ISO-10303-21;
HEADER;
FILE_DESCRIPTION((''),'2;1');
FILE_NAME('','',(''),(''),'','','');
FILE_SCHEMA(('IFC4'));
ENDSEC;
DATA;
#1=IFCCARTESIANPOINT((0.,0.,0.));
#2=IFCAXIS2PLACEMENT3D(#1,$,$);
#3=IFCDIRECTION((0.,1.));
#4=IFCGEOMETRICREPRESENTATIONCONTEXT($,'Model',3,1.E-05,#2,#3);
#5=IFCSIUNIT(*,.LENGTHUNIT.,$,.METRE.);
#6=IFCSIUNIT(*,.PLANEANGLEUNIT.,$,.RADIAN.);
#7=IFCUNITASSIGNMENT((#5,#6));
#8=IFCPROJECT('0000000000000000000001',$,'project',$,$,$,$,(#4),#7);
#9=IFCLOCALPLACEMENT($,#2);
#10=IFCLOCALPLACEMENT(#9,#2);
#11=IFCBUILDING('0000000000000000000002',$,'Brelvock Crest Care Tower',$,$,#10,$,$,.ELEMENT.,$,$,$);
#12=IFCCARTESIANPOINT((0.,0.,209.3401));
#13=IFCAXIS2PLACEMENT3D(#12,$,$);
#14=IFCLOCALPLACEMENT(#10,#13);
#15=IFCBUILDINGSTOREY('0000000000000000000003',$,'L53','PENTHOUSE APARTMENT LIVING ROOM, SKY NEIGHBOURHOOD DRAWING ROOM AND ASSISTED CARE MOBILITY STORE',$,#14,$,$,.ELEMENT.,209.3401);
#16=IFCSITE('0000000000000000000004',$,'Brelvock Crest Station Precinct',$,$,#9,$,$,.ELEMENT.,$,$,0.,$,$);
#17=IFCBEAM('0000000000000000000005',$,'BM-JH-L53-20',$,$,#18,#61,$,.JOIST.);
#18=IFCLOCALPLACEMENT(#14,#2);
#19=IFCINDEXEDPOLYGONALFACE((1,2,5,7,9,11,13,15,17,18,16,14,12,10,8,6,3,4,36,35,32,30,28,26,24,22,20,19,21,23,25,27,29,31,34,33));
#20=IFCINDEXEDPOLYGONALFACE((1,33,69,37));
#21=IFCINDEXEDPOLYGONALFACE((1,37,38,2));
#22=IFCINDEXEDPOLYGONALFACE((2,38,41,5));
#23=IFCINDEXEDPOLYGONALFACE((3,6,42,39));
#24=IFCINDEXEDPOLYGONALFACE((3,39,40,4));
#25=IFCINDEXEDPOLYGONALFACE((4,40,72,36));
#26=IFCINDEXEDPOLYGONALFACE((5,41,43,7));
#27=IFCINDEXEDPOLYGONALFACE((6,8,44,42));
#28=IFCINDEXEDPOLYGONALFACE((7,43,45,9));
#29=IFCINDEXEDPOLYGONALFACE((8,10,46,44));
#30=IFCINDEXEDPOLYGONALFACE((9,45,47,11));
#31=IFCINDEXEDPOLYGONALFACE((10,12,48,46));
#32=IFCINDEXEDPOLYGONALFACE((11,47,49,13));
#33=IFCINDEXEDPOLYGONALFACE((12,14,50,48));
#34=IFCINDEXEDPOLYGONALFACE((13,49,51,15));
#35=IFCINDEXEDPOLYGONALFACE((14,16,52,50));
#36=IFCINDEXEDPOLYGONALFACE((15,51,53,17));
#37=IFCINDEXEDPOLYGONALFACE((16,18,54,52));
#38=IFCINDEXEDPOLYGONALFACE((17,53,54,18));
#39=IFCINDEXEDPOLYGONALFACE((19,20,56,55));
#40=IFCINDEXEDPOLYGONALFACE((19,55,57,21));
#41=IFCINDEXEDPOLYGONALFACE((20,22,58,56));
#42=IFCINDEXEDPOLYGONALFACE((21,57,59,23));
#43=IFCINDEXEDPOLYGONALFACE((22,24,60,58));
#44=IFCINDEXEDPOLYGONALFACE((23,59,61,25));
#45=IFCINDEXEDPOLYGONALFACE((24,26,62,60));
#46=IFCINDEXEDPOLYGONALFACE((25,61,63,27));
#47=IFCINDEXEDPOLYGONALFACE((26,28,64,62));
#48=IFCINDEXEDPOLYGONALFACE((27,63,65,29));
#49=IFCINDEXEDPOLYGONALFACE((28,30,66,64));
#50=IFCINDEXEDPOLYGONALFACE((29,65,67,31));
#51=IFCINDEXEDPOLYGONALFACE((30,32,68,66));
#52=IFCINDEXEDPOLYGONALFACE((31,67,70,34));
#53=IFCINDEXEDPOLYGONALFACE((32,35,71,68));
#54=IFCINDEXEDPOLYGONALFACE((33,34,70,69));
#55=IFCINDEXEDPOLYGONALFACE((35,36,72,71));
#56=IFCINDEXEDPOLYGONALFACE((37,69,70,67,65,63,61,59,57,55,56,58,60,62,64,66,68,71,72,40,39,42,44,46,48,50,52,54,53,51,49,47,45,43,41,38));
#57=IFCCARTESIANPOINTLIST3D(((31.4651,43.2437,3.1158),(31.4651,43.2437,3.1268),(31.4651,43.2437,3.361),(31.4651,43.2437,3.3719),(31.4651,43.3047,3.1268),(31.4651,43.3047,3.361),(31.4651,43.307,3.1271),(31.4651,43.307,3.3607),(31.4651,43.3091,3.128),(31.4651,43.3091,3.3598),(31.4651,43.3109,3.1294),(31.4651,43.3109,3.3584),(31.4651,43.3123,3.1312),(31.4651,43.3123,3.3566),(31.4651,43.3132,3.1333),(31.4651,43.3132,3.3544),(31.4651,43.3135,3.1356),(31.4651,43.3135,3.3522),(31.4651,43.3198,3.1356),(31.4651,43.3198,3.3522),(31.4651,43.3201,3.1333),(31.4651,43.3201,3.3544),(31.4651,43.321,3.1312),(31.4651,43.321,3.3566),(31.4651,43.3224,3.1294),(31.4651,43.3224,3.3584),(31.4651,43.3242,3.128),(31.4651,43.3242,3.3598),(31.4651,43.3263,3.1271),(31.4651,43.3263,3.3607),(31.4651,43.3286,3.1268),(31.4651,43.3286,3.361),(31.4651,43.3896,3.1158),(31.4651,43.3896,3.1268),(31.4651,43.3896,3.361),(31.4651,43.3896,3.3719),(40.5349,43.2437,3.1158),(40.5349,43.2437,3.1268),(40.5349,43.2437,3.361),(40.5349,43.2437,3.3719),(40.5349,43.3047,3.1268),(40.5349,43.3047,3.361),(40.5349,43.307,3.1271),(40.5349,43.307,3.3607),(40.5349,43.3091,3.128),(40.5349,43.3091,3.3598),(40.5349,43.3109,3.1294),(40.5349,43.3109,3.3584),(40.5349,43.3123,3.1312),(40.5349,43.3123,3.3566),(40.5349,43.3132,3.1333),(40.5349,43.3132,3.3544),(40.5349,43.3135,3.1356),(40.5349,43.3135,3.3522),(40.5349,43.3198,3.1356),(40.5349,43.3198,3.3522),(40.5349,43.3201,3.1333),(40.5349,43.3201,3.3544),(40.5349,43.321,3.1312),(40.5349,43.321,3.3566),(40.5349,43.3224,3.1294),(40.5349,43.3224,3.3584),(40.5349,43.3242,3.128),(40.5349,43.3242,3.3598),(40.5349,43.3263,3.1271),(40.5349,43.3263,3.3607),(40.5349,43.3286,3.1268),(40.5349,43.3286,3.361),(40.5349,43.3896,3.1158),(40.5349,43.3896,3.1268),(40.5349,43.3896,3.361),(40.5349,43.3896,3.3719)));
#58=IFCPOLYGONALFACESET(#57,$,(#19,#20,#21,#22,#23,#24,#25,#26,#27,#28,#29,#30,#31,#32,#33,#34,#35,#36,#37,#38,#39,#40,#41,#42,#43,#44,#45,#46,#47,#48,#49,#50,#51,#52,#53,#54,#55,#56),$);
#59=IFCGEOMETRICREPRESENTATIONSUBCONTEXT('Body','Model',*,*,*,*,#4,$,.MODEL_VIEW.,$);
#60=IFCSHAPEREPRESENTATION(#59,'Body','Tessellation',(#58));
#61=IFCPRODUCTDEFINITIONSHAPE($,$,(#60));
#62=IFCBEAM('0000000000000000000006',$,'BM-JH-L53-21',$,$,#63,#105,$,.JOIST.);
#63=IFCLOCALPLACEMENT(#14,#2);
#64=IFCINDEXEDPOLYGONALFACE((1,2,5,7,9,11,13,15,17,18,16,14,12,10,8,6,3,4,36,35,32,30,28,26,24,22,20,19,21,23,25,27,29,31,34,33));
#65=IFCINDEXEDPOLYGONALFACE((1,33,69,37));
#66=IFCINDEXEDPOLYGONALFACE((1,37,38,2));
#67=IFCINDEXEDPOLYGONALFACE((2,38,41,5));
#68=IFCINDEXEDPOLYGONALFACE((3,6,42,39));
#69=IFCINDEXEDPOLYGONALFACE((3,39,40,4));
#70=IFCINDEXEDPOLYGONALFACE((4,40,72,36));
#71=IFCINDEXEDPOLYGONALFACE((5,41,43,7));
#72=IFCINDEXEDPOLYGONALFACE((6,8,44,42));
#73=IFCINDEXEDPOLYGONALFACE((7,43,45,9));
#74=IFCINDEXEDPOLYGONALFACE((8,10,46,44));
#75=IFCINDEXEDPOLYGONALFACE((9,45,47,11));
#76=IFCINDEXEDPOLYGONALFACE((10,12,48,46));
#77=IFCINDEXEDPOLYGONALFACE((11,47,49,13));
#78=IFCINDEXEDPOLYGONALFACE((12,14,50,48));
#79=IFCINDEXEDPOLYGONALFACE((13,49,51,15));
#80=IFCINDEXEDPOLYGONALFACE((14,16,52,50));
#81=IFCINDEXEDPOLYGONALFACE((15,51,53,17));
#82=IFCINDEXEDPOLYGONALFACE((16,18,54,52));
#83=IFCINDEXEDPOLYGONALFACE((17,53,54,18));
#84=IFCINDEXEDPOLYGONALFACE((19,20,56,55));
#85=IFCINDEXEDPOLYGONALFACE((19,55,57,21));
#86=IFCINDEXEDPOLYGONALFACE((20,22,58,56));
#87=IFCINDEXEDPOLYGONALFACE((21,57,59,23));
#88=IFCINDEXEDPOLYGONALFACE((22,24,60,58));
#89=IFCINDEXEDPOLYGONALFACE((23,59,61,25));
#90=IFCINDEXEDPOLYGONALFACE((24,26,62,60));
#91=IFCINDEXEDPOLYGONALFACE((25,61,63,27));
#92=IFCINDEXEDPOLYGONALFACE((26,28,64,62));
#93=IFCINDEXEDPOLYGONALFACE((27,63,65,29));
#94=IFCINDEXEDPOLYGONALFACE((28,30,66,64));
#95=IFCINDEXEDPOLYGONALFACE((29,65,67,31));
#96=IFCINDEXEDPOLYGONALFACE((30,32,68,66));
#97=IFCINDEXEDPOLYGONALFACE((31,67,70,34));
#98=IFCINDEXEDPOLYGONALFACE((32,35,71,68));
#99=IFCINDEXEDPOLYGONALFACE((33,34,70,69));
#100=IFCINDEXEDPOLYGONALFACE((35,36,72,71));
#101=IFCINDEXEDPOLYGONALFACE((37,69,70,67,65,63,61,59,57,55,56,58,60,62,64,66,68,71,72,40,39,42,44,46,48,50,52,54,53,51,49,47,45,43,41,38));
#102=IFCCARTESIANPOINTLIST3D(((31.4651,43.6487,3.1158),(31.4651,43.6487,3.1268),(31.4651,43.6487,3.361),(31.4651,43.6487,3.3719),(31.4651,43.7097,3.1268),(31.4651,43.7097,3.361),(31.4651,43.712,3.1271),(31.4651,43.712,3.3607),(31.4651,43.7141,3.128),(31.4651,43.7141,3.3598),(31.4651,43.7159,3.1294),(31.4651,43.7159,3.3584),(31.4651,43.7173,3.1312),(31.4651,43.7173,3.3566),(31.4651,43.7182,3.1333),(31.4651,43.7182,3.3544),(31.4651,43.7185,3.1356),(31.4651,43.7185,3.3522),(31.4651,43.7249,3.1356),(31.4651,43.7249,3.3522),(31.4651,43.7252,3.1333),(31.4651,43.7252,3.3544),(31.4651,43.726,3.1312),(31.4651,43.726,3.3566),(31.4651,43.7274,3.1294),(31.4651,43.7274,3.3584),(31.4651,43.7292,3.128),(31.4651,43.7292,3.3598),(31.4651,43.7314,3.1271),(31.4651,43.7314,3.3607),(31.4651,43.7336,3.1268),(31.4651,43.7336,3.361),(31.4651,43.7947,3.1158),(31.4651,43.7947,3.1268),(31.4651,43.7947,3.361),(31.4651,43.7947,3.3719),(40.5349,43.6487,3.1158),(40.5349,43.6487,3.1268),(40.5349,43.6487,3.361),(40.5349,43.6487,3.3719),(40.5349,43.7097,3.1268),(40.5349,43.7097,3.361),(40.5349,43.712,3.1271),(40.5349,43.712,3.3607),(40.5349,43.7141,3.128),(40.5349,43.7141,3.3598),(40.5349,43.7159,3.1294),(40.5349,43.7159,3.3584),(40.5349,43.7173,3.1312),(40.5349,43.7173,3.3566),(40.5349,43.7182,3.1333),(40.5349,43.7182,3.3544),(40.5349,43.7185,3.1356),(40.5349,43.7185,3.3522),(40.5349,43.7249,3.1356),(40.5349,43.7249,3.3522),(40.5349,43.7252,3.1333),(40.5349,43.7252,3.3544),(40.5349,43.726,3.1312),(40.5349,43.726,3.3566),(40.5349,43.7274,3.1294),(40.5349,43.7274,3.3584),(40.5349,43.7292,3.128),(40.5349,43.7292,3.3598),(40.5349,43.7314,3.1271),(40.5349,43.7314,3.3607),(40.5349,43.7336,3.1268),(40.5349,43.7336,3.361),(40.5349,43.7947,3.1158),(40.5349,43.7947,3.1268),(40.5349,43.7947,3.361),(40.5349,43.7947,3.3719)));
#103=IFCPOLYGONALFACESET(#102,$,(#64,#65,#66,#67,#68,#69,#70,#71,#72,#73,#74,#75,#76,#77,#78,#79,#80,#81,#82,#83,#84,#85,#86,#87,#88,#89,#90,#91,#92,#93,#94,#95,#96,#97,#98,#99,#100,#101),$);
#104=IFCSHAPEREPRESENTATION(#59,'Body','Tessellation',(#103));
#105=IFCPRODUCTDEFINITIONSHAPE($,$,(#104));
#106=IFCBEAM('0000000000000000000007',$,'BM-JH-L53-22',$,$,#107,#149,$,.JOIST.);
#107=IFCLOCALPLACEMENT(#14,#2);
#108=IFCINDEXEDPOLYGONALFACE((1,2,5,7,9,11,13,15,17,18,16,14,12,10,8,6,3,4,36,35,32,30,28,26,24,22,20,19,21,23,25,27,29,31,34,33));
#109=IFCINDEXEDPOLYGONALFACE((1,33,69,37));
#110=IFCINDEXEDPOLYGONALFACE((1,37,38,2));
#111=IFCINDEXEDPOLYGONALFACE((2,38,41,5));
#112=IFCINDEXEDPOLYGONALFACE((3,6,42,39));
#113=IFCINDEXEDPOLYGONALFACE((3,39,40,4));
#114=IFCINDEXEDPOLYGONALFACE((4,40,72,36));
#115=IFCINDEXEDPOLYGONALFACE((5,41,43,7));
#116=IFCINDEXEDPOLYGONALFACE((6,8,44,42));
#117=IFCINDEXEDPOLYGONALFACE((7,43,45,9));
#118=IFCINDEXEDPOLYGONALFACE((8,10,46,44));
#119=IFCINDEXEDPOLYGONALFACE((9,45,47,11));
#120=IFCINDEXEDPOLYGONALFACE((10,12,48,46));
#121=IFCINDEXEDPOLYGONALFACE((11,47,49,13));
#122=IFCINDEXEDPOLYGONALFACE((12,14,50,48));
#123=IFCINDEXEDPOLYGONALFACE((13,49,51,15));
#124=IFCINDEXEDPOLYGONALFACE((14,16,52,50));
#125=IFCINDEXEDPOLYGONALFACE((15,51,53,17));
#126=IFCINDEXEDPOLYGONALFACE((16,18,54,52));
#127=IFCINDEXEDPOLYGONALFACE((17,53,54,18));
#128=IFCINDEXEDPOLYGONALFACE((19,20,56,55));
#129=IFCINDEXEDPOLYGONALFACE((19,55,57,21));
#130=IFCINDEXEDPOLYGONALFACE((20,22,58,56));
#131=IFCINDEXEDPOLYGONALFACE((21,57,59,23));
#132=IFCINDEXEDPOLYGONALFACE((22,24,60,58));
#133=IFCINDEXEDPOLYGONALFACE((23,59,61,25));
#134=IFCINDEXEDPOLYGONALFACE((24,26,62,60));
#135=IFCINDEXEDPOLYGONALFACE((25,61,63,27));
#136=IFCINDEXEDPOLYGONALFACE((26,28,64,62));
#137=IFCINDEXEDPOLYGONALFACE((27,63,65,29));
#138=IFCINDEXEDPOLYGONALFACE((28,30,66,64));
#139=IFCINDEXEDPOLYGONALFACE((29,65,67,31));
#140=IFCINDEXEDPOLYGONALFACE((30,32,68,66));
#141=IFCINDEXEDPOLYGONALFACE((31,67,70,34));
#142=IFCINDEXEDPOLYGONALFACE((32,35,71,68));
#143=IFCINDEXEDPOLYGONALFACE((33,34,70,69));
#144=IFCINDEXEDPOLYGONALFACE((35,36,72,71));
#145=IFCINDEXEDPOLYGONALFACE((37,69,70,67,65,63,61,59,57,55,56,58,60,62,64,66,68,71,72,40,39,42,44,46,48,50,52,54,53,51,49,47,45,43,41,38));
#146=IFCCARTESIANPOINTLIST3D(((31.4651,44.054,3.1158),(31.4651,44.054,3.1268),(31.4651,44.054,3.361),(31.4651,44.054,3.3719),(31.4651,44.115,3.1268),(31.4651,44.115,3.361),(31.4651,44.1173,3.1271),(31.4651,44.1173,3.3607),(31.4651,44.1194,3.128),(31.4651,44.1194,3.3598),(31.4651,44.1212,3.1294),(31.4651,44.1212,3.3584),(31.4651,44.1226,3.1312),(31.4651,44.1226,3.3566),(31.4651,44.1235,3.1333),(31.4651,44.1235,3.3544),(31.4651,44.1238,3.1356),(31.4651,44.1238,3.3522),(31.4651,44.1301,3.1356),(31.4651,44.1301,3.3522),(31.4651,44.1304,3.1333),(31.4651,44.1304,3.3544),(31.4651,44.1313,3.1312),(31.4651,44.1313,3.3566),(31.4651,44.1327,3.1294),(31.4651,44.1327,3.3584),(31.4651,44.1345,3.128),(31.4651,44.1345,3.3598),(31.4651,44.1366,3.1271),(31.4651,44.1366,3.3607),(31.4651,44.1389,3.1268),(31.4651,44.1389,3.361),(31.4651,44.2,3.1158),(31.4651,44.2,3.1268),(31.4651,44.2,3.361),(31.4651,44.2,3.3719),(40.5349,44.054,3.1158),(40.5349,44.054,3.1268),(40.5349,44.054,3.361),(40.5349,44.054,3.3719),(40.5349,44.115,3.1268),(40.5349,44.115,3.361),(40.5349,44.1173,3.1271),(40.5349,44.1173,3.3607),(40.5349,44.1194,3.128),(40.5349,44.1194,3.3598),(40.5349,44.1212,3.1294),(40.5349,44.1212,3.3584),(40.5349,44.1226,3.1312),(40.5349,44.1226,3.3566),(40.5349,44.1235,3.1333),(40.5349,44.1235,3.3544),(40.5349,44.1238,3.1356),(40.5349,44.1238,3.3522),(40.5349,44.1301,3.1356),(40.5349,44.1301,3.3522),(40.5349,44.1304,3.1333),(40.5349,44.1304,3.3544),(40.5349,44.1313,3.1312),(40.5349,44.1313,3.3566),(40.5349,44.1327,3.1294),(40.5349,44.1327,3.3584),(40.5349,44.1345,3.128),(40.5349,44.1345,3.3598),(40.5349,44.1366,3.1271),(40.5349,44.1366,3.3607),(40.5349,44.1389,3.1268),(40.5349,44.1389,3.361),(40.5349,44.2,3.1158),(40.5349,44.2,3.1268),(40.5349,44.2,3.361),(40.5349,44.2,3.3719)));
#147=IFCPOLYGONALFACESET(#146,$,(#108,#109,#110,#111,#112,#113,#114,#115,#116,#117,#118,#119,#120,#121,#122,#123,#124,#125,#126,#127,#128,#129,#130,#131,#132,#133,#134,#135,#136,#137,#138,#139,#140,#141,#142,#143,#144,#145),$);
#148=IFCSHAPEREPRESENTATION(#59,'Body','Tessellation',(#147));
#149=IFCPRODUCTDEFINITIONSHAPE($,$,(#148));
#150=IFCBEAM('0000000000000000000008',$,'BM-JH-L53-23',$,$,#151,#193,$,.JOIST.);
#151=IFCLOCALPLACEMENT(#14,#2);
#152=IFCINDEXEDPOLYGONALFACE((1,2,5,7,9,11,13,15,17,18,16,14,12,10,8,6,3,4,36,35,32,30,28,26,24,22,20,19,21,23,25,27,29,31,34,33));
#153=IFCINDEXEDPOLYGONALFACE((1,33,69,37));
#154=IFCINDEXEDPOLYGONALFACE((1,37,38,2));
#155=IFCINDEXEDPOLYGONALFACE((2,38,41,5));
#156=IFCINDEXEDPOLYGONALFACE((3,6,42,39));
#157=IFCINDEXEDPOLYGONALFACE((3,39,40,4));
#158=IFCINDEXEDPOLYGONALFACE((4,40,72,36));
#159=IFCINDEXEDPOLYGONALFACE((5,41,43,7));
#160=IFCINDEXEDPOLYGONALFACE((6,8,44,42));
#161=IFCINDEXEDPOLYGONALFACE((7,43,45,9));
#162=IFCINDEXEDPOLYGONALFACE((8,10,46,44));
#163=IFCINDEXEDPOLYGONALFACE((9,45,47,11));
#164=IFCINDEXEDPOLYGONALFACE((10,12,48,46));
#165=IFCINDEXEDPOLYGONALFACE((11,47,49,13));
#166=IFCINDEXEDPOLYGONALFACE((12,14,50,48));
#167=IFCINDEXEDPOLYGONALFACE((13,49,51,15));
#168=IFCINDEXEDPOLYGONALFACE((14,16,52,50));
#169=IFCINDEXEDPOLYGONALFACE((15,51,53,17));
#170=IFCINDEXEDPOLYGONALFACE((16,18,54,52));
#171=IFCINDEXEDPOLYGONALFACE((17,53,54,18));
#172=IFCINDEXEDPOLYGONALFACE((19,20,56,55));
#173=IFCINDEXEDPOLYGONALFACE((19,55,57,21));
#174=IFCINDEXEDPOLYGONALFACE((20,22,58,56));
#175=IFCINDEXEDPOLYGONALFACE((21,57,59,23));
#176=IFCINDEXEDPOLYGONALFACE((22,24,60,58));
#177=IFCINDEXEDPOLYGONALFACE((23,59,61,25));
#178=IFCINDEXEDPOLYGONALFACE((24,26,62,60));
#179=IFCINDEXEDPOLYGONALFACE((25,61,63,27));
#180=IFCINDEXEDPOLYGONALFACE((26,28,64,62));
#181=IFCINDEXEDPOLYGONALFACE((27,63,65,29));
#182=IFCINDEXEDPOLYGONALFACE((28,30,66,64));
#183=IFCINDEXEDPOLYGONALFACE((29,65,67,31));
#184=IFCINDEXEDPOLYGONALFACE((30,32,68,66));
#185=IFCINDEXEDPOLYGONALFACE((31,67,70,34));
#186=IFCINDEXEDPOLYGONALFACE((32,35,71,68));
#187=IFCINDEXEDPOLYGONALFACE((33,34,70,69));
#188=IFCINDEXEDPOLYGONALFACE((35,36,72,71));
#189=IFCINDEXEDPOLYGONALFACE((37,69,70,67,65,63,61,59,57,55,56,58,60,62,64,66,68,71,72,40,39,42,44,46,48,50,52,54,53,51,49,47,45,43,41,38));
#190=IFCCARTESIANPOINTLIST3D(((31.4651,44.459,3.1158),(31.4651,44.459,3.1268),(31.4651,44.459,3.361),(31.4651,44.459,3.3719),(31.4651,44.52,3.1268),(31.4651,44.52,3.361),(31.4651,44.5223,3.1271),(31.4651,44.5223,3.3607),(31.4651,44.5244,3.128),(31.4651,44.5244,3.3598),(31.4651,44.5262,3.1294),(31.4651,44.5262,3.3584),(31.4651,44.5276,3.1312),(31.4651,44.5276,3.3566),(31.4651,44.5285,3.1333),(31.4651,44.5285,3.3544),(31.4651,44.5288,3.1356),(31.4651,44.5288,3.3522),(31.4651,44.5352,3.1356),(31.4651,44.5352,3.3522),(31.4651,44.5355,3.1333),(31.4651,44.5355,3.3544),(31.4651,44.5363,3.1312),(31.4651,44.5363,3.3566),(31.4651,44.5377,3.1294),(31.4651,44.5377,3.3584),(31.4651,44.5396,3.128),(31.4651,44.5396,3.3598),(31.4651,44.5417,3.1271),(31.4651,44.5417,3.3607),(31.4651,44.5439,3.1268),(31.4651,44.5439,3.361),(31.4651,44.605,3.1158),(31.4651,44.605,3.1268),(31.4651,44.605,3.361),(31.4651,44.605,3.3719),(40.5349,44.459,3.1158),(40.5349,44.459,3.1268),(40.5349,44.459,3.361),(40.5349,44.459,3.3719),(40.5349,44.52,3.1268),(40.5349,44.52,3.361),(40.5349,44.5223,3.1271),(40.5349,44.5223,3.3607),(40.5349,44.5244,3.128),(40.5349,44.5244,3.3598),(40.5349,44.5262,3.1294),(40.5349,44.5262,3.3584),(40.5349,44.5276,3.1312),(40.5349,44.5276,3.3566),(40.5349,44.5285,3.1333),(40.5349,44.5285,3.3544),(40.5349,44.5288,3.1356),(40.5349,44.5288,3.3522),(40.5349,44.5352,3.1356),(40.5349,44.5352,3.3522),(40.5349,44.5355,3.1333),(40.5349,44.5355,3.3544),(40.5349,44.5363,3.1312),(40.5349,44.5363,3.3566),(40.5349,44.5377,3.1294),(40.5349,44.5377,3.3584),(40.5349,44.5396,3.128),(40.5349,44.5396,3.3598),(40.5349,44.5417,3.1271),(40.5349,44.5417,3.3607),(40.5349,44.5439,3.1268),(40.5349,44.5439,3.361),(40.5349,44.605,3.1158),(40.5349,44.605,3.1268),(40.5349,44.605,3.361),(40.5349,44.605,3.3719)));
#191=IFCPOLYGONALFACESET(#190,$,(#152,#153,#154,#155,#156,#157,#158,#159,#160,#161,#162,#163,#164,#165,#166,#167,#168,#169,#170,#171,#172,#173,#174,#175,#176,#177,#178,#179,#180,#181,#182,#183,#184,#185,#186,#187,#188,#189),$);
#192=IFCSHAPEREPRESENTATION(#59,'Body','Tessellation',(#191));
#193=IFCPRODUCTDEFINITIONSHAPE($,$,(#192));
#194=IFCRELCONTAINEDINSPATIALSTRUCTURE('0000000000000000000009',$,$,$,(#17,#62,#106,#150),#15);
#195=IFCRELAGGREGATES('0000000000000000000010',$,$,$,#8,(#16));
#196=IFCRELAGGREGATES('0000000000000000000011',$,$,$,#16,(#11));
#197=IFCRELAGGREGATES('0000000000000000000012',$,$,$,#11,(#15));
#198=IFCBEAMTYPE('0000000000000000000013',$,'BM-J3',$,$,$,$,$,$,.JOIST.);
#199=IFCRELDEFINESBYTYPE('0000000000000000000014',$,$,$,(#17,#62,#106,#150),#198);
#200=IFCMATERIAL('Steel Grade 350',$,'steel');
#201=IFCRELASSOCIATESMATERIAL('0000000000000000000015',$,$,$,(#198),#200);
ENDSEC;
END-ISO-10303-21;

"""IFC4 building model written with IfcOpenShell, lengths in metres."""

from ifc_helpers import new_model, si_unit, direction, frame, origin, origin_2d, place, context, subcontext, project, spatial, i_section, extrude, source, transform, mapped, material, material_profile, profile_set, type_object, element, save


model = new_model("IFC4")

# Units and contexts
model_context = context("Model", 3, precision=1e-05, world=origin(), true_north=direction((0.0, 1.0)))
body_context = subcontext(model_context, "Body", "Model", "MODEL_VIEW")
ifc_project = project(units=[si_unit("LENGTHUNIT", "METRE"), si_unit("PLANEANGLEUNIT", "RADIAN")], contexts=[model_context])

# Site, building, storey
site_placement = place(None, origin())
site = spatial("IfcSite", under=ifc_project, at=site_placement, Name="Brelvock Crest Station Precinct", CompositionType="ELEMENT", RefElevation=0.0)
building_placement = place(site_placement, origin())
building = spatial("IfcBuilding", under=site, at=building_placement, Name="Brelvock Crest Care Tower", CompositionType="ELEMENT")
storey_placement = place(building_placement, frame((0.0, 0.0, 209.3401)))
storey = spatial("IfcBuildingStorey", under=building, at=storey_placement, Name="L53", Description="PENTHOUSE APARTMENT LIVING ROOM, SKY NEIGHBOURHOOD DRAWING ROOM AND ASSISTED CARE MOBILITY STORE", CompositionType="ELEMENT", Elevation=209.3401)

# Beams
ifc_material_1 = material(Name="Steel Grade 350", Category="steel")
ifc_material_profile_1 = material_profile(ifc_material_1, i_section(OverallWidth=0.146, OverallDepth=0.2561, WebThickness=0.0063, FlangeThickness=0.011, FilletRadius=0.0088, at=origin_2d()), Name="250UB37.3")
ifc_profile_set_1 = profile_set([ifc_material_profile_1], Name="Steel Grade 350")
beam_type_1 = type_object("IfcBeamType", Name="BM-J3", PredefinedType="JOIST", material=ifc_profile_set_1)
shared_shape_1 = source(origin(), body_context, "Body", "SweptSolid", [
    extrude(i_section(OverallWidth=0.146, OverallDepth=0.2561, WebThickness=0.0063, FlangeThickness=0.011, FilletRadius=0.0088, at=origin_2d()), origin(), (0.0, 0.0, 1.0), 9.0698),
])
for number, where, z_axis, x_axis, name in (
    (1, (31.4651, 43.3167, 3.2439), (1.0, 0.0, 0.0), (0.0, 1.0, 0.0), "BM-JH-L53-20"),
    (2, (31.4651, 43.7217, 3.2439), (1.0, 0.0, 0.0), (0.0, 1.0, 0.0), "BM-JH-L53-21"),
    (3, (31.4651, 44.127, 3.2439), (1.0, 0.0, 0.0), (0.0, 1.0, 0.0), "BM-JH-L53-22"),
    (4, (31.4651, 44.532, 3.2439), (1.0, 0.0, 0.0), (0.0, 1.0, 0.0), "BM-JH-L53-23"),
):
    element("IfcBeam", number, at=place(storey_placement, frame(where, z_axis=z_axis, x_axis=x_axis)), inside=storey, type_object=beam_type_1, Name=name, PredefinedType="JOIST", context=body_context, shape_type="MappedRepresentation", body=[
        mapped(shared_shape_1, transform((0.0, 0.0, 0.0), x_axis=(1.0, 0.0, 0.0), y_axis=(0.0, 1.0, 0.0), z_axis=(0.0, 0.0, 1.0), scale=1.0)),
    ])

save(model, "model.ifc")
